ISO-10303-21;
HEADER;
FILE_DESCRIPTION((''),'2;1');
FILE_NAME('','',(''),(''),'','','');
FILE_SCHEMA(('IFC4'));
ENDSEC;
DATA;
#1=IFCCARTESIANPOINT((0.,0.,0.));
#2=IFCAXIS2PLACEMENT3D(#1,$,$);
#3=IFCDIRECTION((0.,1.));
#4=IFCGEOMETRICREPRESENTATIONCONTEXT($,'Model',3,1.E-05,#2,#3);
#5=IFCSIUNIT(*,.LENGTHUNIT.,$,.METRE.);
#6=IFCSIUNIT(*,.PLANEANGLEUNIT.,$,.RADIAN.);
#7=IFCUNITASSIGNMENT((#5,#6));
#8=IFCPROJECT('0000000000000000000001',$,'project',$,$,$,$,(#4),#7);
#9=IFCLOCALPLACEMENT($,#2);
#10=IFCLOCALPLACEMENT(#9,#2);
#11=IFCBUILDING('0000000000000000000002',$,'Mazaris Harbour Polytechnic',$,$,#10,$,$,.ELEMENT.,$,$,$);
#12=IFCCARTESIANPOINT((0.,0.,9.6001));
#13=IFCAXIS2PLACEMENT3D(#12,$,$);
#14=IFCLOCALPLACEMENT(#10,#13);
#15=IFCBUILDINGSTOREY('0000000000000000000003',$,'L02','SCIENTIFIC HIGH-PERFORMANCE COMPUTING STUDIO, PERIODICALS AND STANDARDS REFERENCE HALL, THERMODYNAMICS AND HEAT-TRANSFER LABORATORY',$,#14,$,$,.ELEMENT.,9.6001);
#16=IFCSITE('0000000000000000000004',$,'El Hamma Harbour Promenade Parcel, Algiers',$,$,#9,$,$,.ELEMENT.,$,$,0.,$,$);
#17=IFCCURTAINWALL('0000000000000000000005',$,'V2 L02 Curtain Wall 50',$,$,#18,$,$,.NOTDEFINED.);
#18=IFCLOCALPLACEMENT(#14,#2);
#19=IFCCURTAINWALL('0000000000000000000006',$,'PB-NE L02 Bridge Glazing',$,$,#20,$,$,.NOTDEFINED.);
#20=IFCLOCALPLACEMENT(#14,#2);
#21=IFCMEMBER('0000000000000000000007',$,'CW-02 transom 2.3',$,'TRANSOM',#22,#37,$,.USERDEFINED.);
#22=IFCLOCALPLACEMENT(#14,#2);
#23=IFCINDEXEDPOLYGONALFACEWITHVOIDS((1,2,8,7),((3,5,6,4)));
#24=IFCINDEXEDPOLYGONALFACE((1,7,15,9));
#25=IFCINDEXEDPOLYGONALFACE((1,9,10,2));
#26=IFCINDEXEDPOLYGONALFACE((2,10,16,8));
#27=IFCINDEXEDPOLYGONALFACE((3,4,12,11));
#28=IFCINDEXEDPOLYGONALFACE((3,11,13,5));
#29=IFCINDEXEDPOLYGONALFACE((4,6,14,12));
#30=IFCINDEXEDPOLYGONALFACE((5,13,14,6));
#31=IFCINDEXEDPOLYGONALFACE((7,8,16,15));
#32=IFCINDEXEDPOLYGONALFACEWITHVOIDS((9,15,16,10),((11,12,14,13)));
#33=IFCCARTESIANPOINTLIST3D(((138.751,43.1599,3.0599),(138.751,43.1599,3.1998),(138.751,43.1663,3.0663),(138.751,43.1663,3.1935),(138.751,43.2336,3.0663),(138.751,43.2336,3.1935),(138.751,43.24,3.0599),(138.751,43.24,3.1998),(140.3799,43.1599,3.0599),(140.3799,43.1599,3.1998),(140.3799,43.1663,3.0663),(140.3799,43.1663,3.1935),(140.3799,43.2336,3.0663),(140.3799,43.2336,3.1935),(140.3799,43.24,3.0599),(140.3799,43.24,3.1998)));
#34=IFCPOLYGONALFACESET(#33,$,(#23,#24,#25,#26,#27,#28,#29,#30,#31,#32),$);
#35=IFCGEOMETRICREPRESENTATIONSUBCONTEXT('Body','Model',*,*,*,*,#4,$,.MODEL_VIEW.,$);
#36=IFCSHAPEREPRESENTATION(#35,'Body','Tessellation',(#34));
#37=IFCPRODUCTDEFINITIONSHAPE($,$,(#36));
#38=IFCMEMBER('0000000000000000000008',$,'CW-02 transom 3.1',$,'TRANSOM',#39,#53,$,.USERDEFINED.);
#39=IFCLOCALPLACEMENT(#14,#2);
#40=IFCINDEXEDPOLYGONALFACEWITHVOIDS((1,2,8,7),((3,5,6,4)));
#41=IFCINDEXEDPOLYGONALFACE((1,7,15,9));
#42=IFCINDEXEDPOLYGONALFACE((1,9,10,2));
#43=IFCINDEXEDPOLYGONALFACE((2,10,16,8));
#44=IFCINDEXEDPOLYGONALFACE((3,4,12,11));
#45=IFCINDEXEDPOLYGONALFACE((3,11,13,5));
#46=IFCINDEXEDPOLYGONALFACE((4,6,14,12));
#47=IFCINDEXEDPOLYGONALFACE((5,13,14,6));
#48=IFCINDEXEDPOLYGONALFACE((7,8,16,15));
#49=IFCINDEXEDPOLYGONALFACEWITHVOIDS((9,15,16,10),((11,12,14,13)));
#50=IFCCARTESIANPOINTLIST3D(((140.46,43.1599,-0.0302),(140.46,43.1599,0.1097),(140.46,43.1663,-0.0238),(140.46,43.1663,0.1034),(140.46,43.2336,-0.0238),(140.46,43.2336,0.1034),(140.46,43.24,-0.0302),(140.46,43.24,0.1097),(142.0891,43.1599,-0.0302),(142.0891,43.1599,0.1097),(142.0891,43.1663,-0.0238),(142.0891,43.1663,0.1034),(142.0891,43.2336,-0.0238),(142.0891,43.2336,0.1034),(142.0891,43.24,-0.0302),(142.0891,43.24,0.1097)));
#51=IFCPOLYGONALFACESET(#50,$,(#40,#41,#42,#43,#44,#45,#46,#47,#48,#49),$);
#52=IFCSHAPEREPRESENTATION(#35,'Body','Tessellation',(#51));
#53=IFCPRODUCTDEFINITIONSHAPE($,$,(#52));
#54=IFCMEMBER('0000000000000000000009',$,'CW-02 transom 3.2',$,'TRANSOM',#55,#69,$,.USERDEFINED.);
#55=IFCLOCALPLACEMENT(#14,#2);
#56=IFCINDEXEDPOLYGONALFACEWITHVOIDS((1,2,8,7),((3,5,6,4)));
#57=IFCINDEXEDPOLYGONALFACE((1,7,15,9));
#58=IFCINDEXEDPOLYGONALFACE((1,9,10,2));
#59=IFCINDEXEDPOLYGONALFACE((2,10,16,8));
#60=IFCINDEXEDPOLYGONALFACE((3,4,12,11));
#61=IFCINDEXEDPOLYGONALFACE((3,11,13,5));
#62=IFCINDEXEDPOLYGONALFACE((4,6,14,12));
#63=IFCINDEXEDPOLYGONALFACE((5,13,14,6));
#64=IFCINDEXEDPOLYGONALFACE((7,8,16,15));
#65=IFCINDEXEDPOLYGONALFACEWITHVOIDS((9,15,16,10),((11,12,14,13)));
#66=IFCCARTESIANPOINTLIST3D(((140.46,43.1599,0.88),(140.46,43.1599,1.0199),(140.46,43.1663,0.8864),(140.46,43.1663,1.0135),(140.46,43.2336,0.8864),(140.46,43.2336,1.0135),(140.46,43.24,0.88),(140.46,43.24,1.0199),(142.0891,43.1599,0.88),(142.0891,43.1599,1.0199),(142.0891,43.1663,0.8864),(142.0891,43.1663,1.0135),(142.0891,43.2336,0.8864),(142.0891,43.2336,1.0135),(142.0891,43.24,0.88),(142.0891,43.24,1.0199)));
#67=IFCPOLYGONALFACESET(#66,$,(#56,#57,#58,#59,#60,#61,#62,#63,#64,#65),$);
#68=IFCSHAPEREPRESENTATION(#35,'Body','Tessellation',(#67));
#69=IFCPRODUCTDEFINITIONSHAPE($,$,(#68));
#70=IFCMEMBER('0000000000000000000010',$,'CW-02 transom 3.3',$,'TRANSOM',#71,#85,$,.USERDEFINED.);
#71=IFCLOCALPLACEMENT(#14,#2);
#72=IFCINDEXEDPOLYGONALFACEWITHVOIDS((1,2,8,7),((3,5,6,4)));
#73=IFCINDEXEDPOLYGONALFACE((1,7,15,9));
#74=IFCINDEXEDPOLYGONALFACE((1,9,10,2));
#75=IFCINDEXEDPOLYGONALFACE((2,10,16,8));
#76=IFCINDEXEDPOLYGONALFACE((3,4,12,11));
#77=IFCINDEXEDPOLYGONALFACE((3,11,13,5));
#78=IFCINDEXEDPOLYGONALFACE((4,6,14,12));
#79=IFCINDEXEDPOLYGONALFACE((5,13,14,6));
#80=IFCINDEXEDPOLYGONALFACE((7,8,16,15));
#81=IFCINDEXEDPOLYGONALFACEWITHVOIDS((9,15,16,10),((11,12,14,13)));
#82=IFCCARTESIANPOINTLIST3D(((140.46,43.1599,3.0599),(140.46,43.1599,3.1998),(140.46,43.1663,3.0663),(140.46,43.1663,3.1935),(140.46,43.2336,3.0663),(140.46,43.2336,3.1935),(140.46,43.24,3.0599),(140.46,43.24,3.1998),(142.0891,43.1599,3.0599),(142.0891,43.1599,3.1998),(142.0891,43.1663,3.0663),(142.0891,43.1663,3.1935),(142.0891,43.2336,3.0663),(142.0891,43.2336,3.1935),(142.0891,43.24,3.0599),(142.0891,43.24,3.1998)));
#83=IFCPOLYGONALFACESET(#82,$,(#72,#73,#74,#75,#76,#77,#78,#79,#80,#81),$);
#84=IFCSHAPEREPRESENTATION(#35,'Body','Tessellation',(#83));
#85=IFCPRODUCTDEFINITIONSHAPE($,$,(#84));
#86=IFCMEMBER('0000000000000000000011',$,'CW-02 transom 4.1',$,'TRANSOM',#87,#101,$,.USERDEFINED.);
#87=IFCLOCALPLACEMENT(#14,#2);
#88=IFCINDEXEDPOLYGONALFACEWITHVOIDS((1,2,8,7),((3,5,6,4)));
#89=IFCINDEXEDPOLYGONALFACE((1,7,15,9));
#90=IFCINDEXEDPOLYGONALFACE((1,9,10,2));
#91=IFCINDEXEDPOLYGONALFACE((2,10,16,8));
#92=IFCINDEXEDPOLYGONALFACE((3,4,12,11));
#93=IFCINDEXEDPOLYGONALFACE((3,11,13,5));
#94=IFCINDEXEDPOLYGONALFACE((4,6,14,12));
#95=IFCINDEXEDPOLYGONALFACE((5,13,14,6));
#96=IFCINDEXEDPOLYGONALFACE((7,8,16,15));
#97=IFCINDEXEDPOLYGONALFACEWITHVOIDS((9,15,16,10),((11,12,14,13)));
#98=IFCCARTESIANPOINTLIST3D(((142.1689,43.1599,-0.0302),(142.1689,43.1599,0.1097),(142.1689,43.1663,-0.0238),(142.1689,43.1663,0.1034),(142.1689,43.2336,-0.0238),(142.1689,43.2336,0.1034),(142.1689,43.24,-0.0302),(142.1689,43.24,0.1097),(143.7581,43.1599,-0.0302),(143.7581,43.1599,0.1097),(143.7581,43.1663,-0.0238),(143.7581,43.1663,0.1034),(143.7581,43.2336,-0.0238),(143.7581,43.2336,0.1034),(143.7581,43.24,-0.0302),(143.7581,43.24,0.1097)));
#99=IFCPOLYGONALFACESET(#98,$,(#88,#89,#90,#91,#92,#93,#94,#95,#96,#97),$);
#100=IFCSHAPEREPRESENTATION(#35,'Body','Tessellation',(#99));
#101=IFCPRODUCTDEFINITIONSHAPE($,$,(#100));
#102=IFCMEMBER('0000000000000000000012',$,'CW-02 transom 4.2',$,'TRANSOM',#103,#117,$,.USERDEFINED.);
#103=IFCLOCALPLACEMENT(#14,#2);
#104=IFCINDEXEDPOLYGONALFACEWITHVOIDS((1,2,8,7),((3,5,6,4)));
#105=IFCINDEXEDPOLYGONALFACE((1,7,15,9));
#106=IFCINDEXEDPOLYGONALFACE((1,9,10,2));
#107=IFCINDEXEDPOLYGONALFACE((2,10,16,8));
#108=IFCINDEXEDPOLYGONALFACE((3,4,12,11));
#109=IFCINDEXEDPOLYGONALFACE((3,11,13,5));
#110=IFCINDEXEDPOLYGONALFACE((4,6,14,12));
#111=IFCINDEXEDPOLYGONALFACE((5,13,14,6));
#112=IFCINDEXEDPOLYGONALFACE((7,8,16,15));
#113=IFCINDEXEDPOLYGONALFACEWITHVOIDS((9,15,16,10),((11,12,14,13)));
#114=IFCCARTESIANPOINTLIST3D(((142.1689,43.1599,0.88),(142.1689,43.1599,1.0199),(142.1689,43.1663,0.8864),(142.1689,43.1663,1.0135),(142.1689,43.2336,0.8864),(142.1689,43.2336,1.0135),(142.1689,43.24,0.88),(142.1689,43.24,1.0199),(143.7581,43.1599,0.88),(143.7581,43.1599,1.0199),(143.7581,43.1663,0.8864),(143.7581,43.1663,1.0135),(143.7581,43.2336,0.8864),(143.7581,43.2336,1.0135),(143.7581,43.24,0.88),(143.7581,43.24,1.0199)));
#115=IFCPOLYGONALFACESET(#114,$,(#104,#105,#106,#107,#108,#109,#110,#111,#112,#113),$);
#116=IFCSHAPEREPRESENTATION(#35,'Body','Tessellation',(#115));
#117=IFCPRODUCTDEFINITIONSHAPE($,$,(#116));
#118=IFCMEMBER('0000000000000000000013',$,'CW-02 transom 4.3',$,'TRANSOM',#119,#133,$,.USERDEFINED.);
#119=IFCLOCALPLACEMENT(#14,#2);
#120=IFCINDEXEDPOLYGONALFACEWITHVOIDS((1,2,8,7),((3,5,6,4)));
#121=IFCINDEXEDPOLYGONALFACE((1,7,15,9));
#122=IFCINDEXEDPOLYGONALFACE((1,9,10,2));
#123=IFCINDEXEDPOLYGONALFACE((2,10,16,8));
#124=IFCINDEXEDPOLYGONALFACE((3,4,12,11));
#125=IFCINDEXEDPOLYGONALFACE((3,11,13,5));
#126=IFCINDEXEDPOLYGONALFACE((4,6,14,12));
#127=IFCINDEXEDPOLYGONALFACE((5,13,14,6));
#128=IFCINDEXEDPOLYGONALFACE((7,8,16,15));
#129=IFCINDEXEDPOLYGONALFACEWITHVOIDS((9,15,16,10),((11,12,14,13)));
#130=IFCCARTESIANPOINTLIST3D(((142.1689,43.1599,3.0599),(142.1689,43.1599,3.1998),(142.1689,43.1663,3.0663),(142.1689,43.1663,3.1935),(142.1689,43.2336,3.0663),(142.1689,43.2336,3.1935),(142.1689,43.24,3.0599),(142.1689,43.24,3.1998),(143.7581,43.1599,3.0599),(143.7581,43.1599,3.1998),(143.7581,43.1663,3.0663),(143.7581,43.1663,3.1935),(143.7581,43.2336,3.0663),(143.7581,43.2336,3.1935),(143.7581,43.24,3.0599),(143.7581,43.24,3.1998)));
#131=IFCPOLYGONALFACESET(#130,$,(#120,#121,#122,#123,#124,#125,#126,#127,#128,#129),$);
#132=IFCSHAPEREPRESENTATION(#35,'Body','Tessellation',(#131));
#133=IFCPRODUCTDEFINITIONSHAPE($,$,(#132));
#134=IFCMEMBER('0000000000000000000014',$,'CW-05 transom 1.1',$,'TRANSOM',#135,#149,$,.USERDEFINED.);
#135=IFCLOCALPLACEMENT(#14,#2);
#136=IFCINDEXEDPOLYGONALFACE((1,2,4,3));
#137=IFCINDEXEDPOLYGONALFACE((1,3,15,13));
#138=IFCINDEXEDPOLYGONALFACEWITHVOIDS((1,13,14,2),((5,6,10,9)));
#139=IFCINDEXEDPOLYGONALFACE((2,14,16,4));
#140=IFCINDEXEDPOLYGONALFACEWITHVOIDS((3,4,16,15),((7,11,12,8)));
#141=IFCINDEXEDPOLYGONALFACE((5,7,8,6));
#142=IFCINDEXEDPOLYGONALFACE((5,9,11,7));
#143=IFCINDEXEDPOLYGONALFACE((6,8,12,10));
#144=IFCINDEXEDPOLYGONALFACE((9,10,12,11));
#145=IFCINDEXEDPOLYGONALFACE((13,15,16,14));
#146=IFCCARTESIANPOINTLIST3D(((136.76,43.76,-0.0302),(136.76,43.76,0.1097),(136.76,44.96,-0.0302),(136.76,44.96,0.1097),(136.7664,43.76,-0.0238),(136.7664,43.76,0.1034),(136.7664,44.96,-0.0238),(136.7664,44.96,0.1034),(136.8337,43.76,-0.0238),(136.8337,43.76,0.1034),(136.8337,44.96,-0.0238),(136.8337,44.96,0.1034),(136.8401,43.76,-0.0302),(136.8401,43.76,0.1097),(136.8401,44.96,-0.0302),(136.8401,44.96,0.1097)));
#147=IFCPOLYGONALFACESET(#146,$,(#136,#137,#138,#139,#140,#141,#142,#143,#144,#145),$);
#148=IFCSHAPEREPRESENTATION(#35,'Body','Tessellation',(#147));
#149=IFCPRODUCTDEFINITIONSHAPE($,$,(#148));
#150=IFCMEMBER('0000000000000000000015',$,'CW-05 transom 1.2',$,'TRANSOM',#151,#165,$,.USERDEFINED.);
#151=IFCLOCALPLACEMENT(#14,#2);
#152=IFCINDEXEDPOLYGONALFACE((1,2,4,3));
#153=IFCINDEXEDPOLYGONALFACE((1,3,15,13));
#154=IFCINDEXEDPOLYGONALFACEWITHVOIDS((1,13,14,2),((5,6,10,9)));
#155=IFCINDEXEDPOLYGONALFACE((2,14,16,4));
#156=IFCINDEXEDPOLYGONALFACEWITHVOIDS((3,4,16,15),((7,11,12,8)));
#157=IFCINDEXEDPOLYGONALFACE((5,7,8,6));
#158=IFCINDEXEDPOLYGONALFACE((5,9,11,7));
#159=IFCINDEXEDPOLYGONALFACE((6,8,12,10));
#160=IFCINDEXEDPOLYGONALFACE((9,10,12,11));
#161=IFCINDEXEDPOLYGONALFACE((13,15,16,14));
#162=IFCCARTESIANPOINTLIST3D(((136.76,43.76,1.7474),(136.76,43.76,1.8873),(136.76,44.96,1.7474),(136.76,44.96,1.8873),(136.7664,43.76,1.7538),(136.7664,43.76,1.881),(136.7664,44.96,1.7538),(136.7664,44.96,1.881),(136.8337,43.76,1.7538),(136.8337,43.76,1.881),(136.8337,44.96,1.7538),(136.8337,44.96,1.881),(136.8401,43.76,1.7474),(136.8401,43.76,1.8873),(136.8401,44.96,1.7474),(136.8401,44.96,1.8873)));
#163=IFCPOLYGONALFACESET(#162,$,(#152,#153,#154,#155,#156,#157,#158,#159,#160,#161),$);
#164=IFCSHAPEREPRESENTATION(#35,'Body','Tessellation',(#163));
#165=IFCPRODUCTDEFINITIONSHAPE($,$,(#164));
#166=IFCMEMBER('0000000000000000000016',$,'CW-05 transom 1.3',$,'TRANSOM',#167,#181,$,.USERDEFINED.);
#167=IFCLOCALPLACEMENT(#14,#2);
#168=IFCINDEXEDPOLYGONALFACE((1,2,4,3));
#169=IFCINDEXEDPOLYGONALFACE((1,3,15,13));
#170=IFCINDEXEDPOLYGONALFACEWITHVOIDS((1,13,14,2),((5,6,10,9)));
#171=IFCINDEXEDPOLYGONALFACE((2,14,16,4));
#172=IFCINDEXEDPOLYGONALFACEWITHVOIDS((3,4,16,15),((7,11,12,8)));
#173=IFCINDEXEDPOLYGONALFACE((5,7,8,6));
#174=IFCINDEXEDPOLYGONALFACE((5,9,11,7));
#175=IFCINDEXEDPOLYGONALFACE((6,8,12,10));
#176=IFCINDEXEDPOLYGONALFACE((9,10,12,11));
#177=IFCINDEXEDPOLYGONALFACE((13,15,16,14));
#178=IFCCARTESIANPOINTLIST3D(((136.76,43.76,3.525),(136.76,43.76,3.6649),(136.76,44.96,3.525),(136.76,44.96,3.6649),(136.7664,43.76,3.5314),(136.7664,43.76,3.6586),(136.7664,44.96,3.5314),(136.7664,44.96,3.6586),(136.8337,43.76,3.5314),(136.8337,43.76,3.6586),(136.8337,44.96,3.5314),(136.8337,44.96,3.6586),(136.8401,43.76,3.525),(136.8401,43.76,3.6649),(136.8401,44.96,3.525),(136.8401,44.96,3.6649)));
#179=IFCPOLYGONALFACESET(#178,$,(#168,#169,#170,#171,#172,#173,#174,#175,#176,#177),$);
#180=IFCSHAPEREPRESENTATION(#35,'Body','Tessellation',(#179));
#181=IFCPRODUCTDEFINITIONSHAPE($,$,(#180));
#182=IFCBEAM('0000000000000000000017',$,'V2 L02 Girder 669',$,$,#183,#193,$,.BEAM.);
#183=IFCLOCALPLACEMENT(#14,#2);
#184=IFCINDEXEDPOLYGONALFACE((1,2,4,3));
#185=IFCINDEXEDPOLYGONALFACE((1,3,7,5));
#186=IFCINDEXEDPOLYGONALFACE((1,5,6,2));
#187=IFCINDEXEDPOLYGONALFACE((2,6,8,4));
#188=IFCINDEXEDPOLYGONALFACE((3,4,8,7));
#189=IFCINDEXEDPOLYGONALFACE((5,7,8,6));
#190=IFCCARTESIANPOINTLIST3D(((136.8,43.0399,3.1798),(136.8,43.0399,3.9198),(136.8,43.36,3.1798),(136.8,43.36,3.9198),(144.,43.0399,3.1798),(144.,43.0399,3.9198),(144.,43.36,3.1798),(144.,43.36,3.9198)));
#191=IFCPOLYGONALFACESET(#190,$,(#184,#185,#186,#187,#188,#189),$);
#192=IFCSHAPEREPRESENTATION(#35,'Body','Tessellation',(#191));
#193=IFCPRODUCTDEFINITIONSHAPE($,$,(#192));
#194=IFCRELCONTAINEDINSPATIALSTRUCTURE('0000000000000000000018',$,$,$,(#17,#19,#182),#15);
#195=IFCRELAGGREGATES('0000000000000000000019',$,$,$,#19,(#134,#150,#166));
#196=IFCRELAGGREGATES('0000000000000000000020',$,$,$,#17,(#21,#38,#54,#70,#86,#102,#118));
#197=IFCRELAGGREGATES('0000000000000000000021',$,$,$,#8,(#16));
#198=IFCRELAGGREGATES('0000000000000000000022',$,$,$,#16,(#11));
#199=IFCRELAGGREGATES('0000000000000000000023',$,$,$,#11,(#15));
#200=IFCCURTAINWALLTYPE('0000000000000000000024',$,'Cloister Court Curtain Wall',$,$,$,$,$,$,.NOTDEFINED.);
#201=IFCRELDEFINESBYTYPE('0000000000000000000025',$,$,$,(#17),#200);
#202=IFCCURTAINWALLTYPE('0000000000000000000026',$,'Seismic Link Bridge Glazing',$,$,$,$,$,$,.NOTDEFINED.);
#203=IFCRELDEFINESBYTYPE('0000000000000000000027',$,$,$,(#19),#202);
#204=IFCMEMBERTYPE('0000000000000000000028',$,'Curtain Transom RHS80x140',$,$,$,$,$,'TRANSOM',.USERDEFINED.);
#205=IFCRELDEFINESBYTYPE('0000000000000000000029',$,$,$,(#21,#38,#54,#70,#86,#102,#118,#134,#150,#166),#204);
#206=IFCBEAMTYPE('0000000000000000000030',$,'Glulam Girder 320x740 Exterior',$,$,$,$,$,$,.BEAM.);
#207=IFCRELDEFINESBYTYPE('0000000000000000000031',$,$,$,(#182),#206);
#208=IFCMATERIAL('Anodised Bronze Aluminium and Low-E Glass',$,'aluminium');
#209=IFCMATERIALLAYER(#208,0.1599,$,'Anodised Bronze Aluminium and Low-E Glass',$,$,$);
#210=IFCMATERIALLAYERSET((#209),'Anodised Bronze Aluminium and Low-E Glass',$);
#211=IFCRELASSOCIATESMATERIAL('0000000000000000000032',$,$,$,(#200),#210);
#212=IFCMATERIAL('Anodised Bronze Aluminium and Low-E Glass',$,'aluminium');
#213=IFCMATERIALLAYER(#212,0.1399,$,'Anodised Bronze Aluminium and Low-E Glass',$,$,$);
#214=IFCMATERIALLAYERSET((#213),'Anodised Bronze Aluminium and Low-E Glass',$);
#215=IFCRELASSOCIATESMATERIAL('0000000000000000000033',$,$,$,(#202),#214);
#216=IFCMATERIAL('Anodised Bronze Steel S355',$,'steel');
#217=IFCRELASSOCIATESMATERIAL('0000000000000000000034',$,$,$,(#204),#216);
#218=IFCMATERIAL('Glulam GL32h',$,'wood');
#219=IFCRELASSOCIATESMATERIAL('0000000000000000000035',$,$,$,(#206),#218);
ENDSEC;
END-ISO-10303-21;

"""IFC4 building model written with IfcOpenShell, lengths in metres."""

from ifc_helpers import new_model, si_unit, direction, frame, origin, origin_2d, place, context, subcontext, project, spatial, rectangle, hollow_rectangle, extrude, material, layer, layer_set, material_profile, profile_set, type_object, element, aggregate, save


model = new_model("IFC4")

# Units and contexts
model_context = context("Model", 3, precision=1e-05, world=origin(), true_north=direction((0.0, 1.0)))
body_context = subcontext(model_context, "Body", "Model", "MODEL_VIEW")
ifc_project = project(units=[si_unit("LENGTHUNIT", "METRE"), si_unit("PLANEANGLEUNIT", "RADIAN")], contexts=[model_context])

# Site, building, storey
site_placement = place(None, origin())
site = spatial("IfcSite", under=ifc_project, at=site_placement, Name="El Hamma Harbour Promenade Parcel, Algiers", CompositionType="ELEMENT", RefElevation=0.0)
building_placement = place(site_placement, origin())
building = spatial("IfcBuilding", under=site, at=building_placement, Name="Mazaris Harbour Polytechnic", CompositionType="ELEMENT")
storey_placement = place(building_placement, frame((0.0, 0.0, 9.6001)))
storey = spatial("IfcBuildingStorey", under=building, at=storey_placement, Name="L02", Description="SCIENTIFIC HIGH-PERFORMANCE COMPUTING STUDIO, PERIODICALS AND STANDARDS REFERENCE HALL, THERMODYNAMICS AND HEAT-TRANSFER LABORATORY", CompositionType="ELEMENT", Elevation=9.6001)

# Curtain wall
ifc_material_1 = material(Name="Anodised Bronze Aluminium and Low-E Glass", Category="aluminium")
ifc_layer_1 = layer(ifc_material_1, 0.1599, Name="Anodised Bronze Aluminium and Low-E Glass")
ifc_layer_set_1 = layer_set([ifc_layer_1], Name="Anodised Bronze Aluminium and Low-E Glass")
curtain_wall_type_1 = type_object("IfcCurtainWallType", Name="Cloister Court Curtain Wall", PredefinedType="NOTDEFINED", material=ifc_layer_set_1)
curtain_wall_1_placement = place(storey_placement, origin())
curtain_wall_1 = element("IfcCurtainWall", 1, at=curtain_wall_1_placement, inside=storey, type_object=curtain_wall_type_1, Name="V2 L02 Curtain Wall 50", PredefinedType="NOTDEFINED")

# Curtain wall
ifc_material_2 = material(Name="Anodised Bronze Aluminium and Low-E Glass", Category="aluminium")
ifc_layer_2 = layer(ifc_material_2, 0.1399, Name="Anodised Bronze Aluminium and Low-E Glass")
ifc_layer_set_2 = layer_set([ifc_layer_2], Name="Anodised Bronze Aluminium and Low-E Glass")
curtain_wall_type_2 = type_object("IfcCurtainWallType", Name="Seismic Link Bridge Glazing", PredefinedType="NOTDEFINED", material=ifc_layer_set_2)
curtain_wall_2_placement = place(storey_placement, origin())
curtain_wall_2 = element("IfcCurtainWall", 2, at=curtain_wall_2_placement, inside=storey, type_object=curtain_wall_type_2, Name="PB-NE L02 Bridge Glazing", PredefinedType="NOTDEFINED")

# Members
ifc_material_3 = material(Name="Anodised Bronze Steel S355", Category="steel")
ifc_material_profile_1 = material_profile(ifc_material_3, hollow_rectangle(XDim=0.0801, YDim=0.1399, WallThickness=0.0063, at=origin_2d()), Name="RHS 80x140x6.3")
ifc_profile_set_1 = profile_set([ifc_material_profile_1], Name="Anodised Bronze Steel S355")
member_type_1 = type_object("IfcMemberType", Name="Curtain Transom RHS80x140", ElementType="TRANSOM", PredefinedType="USERDEFINED", material=ifc_profile_set_1)
member_1_placement = place(storey_placement, frame((138.751, 43.2, 3.1299), z_axis=(1.0, 0.0, 0.0), x_axis=(0.0, 1.0, 0.0)))
member_1 = element("IfcMember", 3, at=member_1_placement, type_object=member_type_1, Name="CW-02 transom 2.3", ObjectType="TRANSOM", PredefinedType="USERDEFINED", context=body_context, shape_type="SweptSolid", body=[
    extrude(hollow_rectangle(XDim=0.0801, YDim=0.1399, WallThickness=0.0063, at=origin_2d()), origin(), (0.0, 0.0, 1.0), 1.6289),
])
member_2_placement = place(storey_placement, frame((140.46, 43.2, 0.0398), z_axis=(1.0, 0.0, 0.0), x_axis=(0.0, 1.0, 0.0)))
member_2 = element("IfcMember", 4, at=member_2_placement, type_object=member_type_1, Name="CW-02 transom 3.1", ObjectType="TRANSOM", PredefinedType="USERDEFINED", context=body_context, shape_type="SweptSolid", body=[
    extrude(hollow_rectangle(XDim=0.0801, YDim=0.1399, WallThickness=0.0063, at=origin_2d()), origin(), (0.0, 0.0, 1.0), 1.6292),
])
member_3_placement = place(storey_placement, frame((140.46, 43.2, 0.95), z_axis=(1.0, 0.0, 0.0), x_axis=(0.0, 1.0, 0.0)))
member_3 = element("IfcMember", 5, at=member_3_placement, type_object=member_type_1, Name="CW-02 transom 3.2", ObjectType="TRANSOM", PredefinedType="USERDEFINED", context=body_context, shape_type="SweptSolid", body=[
    extrude(hollow_rectangle(XDim=0.0801, YDim=0.1399, WallThickness=0.0063, at=origin_2d()), origin(), (0.0, 0.0, 1.0), 1.6292),
])
member_4_placement = place(storey_placement, frame((140.46, 43.2, 3.1299), z_axis=(1.0, 0.0, 0.0), x_axis=(0.0, 1.0, 0.0)))
member_4 = element("IfcMember", 6, at=member_4_placement, type_object=member_type_1, Name="CW-02 transom 3.3", ObjectType="TRANSOM", PredefinedType="USERDEFINED", context=body_context, shape_type="SweptSolid", body=[
    extrude(hollow_rectangle(XDim=0.0801, YDim=0.1399, WallThickness=0.0063, at=origin_2d()), origin(), (0.0, 0.0, 1.0), 1.6292),
])
member_5_placement = place(storey_placement, frame((142.1689, 43.2, 0.0398), z_axis=(1.0, 0.0, 0.0), x_axis=(0.0, 1.0, 0.0)))
member_5 = element("IfcMember", 7, at=member_5_placement, type_object=member_type_1, Name="CW-02 transom 4.1", ObjectType="TRANSOM", PredefinedType="USERDEFINED", context=body_context, shape_type="SweptSolid", body=[
    extrude(hollow_rectangle(XDim=0.0801, YDim=0.1399, WallThickness=0.0063, at=origin_2d()), origin(), (0.0, 0.0, 1.0), 1.5891),
])
member_6_placement = place(storey_placement, frame((142.1689, 43.2, 0.95), z_axis=(1.0, 0.0, 0.0), x_axis=(0.0, 1.0, 0.0)))
member_6 = element("IfcMember", 8, at=member_6_placement, type_object=member_type_1, Name="CW-02 transom 4.2", ObjectType="TRANSOM", PredefinedType="USERDEFINED", context=body_context, shape_type="SweptSolid", body=[
    extrude(hollow_rectangle(XDim=0.0801, YDim=0.1399, WallThickness=0.0063, at=origin_2d()), origin(), (0.0, 0.0, 1.0), 1.5891),
])
member_7_placement = place(storey_placement, frame((142.1689, 43.2, 3.1299), z_axis=(1.0, 0.0, 0.0), x_axis=(0.0, 1.0, 0.0)))
member_7 = element("IfcMember", 9, at=member_7_placement, type_object=member_type_1, Name="CW-02 transom 4.3", ObjectType="TRANSOM", PredefinedType="USERDEFINED", context=body_context, shape_type="SweptSolid", body=[
    extrude(hollow_rectangle(XDim=0.0801, YDim=0.1399, WallThickness=0.0063, at=origin_2d()), origin(), (0.0, 0.0, 1.0), 1.5891),
])
member_8_placement = place(storey_placement, frame((136.8, 43.76, 0.0398), z_axis=(0.0, 1.0, 0.0), x_axis=(-1.0, 0.0, 0.0)))
member_8 = element("IfcMember", 10, at=member_8_placement, type_object=member_type_1, Name="CW-05 transom 1.1", ObjectType="TRANSOM", PredefinedType="USERDEFINED", context=body_context, shape_type="SweptSolid", body=[
    extrude(hollow_rectangle(XDim=0.0801, YDim=0.1399, WallThickness=0.0063, at=origin_2d()), origin(), (0.0, 0.0, 1.0), 1.2),
])
member_9_placement = place(storey_placement, frame((136.8, 43.76, 1.8174), z_axis=(0.0, 1.0, 0.0), x_axis=(-1.0, 0.0, 0.0)))
member_9 = element("IfcMember", 11, at=member_9_placement, type_object=member_type_1, Name="CW-05 transom 1.2", ObjectType="TRANSOM", PredefinedType="USERDEFINED", context=body_context, shape_type="SweptSolid", body=[
    extrude(hollow_rectangle(XDim=0.0801, YDim=0.1399, WallThickness=0.0063, at=origin_2d()), origin(), (0.0, 0.0, 1.0), 1.2),
])
member_10_placement = place(storey_placement, frame((136.8, 43.76, 3.595), z_axis=(0.0, 1.0, 0.0), x_axis=(-1.0, 0.0, 0.0)))
member_10 = element("IfcMember", 12, at=member_10_placement, type_object=member_type_1, Name="CW-05 transom 1.3", ObjectType="TRANSOM", PredefinedType="USERDEFINED", context=body_context, shape_type="SweptSolid", body=[
    extrude(hollow_rectangle(XDim=0.0801, YDim=0.1399, WallThickness=0.0063, at=origin_2d()), origin(), (0.0, 0.0, 1.0), 1.2),
])
aggregate(curtain_wall_2, [member_8, member_9, member_10])

# Beam
ifc_material_4 = material(Name="Glulam GL32h", Category="wood")
ifc_material_profile_2 = material_profile(ifc_material_4, rectangle(XDim=0.3201, YDim=0.74, at=origin_2d()), Name="RECT320x740")
ifc_profile_set_2 = profile_set([ifc_material_profile_2], Name="Glulam GL32h")
beam_type_1 = type_object("IfcBeamType", Name="Glulam Girder 320x740 Exterior", PredefinedType="BEAM", material=ifc_profile_set_2)
beam_1_placement = place(storey_placement, frame((136.8, 43.2, 3.5498), z_axis=(1.0, 0.0, 0.0), x_axis=(0.0, 1.0, 0.0)))
element("IfcBeam", 13, at=beam_1_placement, inside=storey, type_object=beam_type_1, Name="V2 L02 Girder 669", PredefinedType="BEAM", context=body_context, shape_type="SweptSolid", body=[
    extrude(rectangle(XDim=0.3201, YDim=0.74, at=origin_2d()), origin(), (0.0, 0.0, 1.0), 7.2),
])

aggregate(curtain_wall_1, [member_1, member_2, member_3, member_4, member_5, member_6, member_7])

save(model, "model.ifc")
